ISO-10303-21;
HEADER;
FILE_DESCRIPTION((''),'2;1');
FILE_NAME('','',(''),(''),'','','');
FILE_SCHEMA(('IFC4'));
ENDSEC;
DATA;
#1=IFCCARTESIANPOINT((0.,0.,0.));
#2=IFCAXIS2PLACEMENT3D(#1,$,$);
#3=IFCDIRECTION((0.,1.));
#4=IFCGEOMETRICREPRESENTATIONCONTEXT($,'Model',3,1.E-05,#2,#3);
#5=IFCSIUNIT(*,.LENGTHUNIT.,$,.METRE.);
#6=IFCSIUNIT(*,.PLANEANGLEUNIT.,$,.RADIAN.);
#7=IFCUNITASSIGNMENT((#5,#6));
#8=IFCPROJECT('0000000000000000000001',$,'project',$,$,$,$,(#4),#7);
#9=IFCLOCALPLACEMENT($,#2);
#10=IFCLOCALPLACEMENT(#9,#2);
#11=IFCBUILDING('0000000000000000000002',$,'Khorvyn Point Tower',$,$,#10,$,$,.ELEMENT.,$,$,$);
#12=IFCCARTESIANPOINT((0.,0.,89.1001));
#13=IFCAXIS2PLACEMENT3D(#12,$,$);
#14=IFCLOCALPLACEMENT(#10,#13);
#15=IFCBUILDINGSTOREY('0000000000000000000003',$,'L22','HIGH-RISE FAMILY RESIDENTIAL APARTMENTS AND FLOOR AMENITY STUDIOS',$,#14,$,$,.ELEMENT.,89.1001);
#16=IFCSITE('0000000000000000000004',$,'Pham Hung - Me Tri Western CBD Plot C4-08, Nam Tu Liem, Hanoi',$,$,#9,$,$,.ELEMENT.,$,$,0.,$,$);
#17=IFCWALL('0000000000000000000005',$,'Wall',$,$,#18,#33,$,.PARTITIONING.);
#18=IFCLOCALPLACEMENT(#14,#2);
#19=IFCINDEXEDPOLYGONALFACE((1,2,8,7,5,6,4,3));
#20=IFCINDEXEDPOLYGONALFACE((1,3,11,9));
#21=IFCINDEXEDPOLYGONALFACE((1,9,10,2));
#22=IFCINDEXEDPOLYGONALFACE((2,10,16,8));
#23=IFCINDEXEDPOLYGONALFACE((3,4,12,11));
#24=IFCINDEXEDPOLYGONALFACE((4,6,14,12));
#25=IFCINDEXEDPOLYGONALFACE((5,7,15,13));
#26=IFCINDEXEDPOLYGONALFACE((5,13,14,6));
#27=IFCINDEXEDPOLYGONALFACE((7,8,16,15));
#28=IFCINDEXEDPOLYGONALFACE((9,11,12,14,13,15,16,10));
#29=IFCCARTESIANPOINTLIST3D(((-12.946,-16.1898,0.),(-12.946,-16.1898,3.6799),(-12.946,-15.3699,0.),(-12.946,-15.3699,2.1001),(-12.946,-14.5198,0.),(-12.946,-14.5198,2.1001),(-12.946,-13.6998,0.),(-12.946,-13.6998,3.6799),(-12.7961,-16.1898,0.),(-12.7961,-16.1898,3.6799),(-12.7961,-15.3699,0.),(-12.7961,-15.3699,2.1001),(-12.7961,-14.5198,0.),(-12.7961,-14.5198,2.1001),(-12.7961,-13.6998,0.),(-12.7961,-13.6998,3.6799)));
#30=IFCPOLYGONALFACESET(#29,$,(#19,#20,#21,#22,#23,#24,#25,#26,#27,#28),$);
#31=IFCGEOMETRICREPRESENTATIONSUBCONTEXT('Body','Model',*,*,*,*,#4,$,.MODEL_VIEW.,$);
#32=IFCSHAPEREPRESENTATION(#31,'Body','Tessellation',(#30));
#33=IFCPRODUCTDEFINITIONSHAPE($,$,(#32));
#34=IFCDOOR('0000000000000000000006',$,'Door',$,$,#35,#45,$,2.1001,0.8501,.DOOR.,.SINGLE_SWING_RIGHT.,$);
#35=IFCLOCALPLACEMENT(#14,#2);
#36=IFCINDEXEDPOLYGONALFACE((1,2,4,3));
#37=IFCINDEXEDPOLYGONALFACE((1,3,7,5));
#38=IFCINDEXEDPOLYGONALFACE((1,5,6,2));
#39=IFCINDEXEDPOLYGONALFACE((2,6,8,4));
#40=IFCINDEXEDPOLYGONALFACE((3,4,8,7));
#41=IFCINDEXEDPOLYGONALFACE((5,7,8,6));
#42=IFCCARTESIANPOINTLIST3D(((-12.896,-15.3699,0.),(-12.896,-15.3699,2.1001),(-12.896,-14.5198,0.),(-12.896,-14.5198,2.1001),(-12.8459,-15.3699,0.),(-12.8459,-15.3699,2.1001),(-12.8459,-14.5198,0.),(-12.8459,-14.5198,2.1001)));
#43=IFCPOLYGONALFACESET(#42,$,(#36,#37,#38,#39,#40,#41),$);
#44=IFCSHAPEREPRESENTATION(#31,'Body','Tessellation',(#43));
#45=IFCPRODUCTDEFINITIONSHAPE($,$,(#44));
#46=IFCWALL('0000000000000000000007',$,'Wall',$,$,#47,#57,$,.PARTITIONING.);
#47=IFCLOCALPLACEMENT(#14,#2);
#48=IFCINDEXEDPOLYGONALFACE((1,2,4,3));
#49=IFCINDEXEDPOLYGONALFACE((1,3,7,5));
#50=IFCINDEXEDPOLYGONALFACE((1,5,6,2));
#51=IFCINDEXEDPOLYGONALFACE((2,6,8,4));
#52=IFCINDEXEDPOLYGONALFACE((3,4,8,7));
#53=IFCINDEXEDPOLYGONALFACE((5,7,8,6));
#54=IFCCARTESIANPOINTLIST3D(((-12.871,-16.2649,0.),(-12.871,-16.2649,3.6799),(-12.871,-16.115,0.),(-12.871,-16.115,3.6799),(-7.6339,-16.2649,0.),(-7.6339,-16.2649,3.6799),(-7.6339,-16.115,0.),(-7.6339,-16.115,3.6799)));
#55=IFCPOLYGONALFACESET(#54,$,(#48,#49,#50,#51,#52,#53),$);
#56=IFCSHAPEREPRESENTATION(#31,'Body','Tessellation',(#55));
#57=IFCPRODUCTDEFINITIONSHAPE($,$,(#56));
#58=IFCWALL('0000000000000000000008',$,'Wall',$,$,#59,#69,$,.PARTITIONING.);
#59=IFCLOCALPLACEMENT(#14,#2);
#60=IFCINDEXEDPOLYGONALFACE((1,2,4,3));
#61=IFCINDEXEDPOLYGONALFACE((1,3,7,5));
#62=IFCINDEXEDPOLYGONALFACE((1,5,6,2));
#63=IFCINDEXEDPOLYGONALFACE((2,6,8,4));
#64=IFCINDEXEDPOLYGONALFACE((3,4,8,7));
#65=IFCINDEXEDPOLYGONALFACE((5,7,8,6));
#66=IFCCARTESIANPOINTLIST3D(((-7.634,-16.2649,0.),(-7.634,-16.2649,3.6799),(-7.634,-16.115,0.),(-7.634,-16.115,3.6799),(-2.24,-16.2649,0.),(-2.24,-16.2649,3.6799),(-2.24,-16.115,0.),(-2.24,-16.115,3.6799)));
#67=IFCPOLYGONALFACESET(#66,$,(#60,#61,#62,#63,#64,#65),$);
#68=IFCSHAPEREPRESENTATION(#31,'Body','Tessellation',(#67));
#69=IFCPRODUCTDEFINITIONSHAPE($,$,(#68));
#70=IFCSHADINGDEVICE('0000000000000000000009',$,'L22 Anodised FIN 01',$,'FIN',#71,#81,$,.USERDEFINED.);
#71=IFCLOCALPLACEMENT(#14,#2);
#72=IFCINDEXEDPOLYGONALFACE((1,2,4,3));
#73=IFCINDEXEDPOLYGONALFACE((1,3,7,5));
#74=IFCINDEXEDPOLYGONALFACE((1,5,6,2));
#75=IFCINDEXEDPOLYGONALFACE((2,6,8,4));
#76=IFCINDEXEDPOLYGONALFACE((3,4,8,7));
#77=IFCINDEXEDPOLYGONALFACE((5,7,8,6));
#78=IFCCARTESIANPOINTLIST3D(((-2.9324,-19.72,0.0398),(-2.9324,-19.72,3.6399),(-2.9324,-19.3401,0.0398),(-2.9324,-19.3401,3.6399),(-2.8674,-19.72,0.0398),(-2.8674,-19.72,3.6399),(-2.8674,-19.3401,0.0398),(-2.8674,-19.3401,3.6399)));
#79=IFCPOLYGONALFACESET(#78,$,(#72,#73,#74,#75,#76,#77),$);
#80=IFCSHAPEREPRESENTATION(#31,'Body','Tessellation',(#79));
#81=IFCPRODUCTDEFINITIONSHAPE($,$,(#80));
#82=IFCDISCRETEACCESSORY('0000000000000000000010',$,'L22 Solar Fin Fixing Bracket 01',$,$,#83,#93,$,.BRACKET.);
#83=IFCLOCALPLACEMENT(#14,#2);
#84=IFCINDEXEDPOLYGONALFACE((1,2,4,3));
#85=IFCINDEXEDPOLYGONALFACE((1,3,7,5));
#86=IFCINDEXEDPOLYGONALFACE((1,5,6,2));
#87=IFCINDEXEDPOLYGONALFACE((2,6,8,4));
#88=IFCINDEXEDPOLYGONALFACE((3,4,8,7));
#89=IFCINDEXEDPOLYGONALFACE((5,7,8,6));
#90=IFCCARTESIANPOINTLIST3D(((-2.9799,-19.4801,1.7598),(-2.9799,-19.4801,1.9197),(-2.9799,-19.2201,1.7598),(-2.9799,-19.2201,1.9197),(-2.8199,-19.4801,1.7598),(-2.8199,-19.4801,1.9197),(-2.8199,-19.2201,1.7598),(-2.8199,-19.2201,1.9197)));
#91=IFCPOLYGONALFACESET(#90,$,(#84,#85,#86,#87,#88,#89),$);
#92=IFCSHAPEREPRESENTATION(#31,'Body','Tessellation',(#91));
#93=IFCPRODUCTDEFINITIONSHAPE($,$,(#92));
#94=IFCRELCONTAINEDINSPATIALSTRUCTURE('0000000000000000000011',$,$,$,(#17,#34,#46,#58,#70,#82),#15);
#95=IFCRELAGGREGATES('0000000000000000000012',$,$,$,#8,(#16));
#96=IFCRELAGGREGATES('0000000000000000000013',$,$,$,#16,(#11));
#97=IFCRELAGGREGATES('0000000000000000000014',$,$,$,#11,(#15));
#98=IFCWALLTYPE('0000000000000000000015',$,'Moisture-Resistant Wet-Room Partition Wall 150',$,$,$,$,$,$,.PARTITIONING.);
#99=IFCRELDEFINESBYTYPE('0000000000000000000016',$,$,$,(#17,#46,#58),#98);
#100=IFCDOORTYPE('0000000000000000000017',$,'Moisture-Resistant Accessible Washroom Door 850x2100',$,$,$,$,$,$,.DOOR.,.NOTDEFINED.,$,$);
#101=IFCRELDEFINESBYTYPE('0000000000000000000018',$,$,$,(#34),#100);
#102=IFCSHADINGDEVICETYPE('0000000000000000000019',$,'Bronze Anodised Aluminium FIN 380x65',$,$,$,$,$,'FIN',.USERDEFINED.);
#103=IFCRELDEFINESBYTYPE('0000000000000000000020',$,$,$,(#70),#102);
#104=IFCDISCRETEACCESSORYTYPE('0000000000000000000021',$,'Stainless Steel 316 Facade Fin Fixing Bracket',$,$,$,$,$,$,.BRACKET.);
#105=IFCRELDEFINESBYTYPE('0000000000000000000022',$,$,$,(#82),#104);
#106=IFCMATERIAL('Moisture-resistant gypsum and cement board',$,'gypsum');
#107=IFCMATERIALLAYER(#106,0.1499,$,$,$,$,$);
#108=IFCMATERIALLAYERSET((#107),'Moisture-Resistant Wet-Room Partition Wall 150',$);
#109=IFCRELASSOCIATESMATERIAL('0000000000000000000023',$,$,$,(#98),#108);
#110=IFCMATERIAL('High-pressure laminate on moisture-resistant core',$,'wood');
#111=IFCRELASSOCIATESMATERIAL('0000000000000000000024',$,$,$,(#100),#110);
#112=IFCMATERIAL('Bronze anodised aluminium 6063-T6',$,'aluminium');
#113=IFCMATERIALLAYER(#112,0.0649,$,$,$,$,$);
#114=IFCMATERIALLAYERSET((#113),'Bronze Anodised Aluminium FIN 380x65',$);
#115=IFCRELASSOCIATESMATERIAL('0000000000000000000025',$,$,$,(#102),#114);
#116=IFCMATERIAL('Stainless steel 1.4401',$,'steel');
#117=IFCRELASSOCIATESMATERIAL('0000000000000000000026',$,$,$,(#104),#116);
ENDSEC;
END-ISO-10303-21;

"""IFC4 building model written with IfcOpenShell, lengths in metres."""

from ifc_helpers import new_model, si_unit, direction, frame, frame_2d, origin, origin_2d, place, context, subcontext, project, spatial, rectangle, extrude, material, layer, layer_set, type_object, element, fill, save


model = new_model("IFC4")

# Units and contexts
model_context = context("Model", 3, precision=1e-05, world=origin(), true_north=direction((0.0, 1.0)))
body_context = subcontext(model_context, "Body", "Model", "MODEL_VIEW")
ifc_project = project(units=[si_unit("LENGTHUNIT", "METRE"), si_unit("PLANEANGLEUNIT", "RADIAN")], contexts=[model_context])

# Site, building, storey
site_placement = place(None, origin())
site = spatial("IfcSite", under=ifc_project, at=site_placement, Name="Pham Hung - Me Tri Western CBD Plot C4-08, Nam Tu Liem, Hanoi", CompositionType="ELEMENT", RefElevation=0.0)
building_placement = place(site_placement, origin())
building = spatial("IfcBuilding", under=site, at=building_placement, Name="Khorvyn Point Tower", CompositionType="ELEMENT")
storey_placement = place(building_placement, frame((0.0, 0.0, 89.1001)))
storey = spatial("IfcBuildingStorey", under=building, at=storey_placement, Name="L22", Description="HIGH-RISE FAMILY RESIDENTIAL APARTMENTS AND FLOOR AMENITY STUDIOS", CompositionType="ELEMENT", Elevation=89.1001)

# Wall, opening, door
ifc_material_1 = material(Name="Moisture-resistant gypsum and cement board", Category="gypsum")
ifc_layer_1 = layer(ifc_material_1, 0.1499)
ifc_layer_set_1 = layer_set([ifc_layer_1], Name="Moisture-Resistant Wet-Room Partition Wall 150")
wall_type_1 = type_object("IfcWallType", Name="Moisture-Resistant Wet-Room Partition Wall 150", PredefinedType="PARTITIONING", material=ifc_layer_set_1)
wall_1_placement = place(storey_placement, frame((-12.8711, -16.1899, 0.0), z_axis=(0.0, 0.0, 1.0), x_axis=(0.0, 1.0, 0.0)))
wall_1 = element("IfcWall", 1, at=wall_1_placement, inside=storey, type_object=wall_type_1, Name="Wall", PredefinedType="PARTITIONING", context=body_context, shape_type="SweptSolid", body=[
    extrude(rectangle(XDim=2.49, YDim=0.1499, at=frame_2d((1.2451, 0.0))), origin(), (0.0, 0.0, 1.0), 3.6799),
])
opening_1_placement = place(wall_1_placement, frame((0.8201, 0.0, 0.0)))
opening_1 = element("IfcOpeningElement", 2, at=opening_1_placement, cuts=wall_1, PredefinedType="OPENING", context=body_context, shape_type="SweptSolid", body=[
    extrude(rectangle(XDim=0.8501, YDim=2.1001, at=frame_2d((0.425, 1.05))), frame((0.0, 0.085, 0.0), z_axis=(0.0, -1.0, 0.0), x_axis=(1.0, 0.0, 0.0)), (0.0, 0.0, 1.0), 0.1699),
])
ifc_material_2 = material(Name="High-pressure laminate on moisture-resistant core", Category="wood")
door_type_1 = type_object("IfcDoorType", Name="Moisture-Resistant Accessible Washroom Door 850x2100", OperationType="NOTDEFINED", PredefinedType="DOOR", material=ifc_material_2)
door_1_placement = place(opening_1_placement, origin())
door_1 = element("IfcDoor", 3, at=door_1_placement, inside=storey, type_object=door_type_1, Name="Door", OperationType="SINGLE_SWING_RIGHT", OverallHeight=2.1001, OverallWidth=0.8501, PredefinedType="DOOR", context=body_context, shape_type="SweptSolid", body=[
    extrude(rectangle(XDim=0.8501, YDim=2.1001, at=frame_2d((0.425, 1.05))), frame((0.0, 0.0249, 0.0), z_axis=(0.0, -1.0, 0.0), x_axis=(1.0, 0.0, 0.0)), (0.0, 0.0, 1.0), 0.05),
])
fill(opening_1, door_1)

# Walls
wall_2_placement = place(storey_placement, frame((-12.8711, -16.1899, 0.0), z_axis=(0.0, 0.0, 1.0), x_axis=(1.0, 0.0, 0.0)))
element("IfcWall", 4, at=wall_2_placement, inside=storey, type_object=wall_type_1, Name="Wall", PredefinedType="PARTITIONING", context=body_context, shape_type="SweptSolid", body=[
    extrude(rectangle(XDim=5.2371, YDim=0.1499, at=frame_2d((2.6187, 0.0))), origin(), (0.0, 0.0, 1.0), 3.6799),
])
wall_3_placement = place(storey_placement, frame((-7.634, -16.1899, 0.0), z_axis=(0.0, 0.0, 1.0), x_axis=(1.0, 0.0, 0.0)))
element("IfcWall", 5, at=wall_3_placement, inside=storey, type_object=wall_type_1, Name="Wall", PredefinedType="PARTITIONING", context=body_context, shape_type="SweptSolid", body=[
    extrude(rectangle(XDim=5.394, YDim=0.1499, at=frame_2d((2.697, 0.0))), origin(), (0.0, 0.0, 1.0), 3.6799),
])

# Shading device
ifc_material_3 = material(Name="Bronze anodised aluminium 6063-T6", Category="aluminium")
ifc_layer_2 = layer(ifc_material_3, 0.0649)
ifc_layer_set_2 = layer_set([ifc_layer_2], Name="Bronze Anodised Aluminium FIN 380x65")
shading_device_type = type_object("IfcShadingDeviceType", Name="Bronze Anodised Aluminium FIN 380x65", ElementType="FIN", PredefinedType="USERDEFINED", material=ifc_layer_set_2)
shading_device_placement = place(storey_placement, frame((-2.8999, -19.53, 0.0398), z_axis=(0.0, 0.0, 1.0), x_axis=(0.0, -1.0, 0.0)))
element("IfcShadingDevice", 6, at=shading_device_placement, inside=storey, type_object=shading_device_type, Name="L22 Anodised FIN 01", ObjectType="FIN", PredefinedType="USERDEFINED", context=body_context, shape_type="SweptSolid", body=[
    extrude(rectangle(XDim=0.3799, YDim=0.0649, at=origin_2d()), origin(), (0.0, 0.0, 1.0), 3.6001),
])

# Discrete accessory
ifc_material_4 = material(Name="Stainless steel 1.4401", Category="steel")
discrete_accessory_type = type_object("IfcDiscreteAccessoryType", Name="Stainless Steel 316 Facade Fin Fixing Bracket", PredefinedType="BRACKET", material=ifc_material_4)
discrete_accessory_placement = place(storey_placement, frame((-2.8999, -19.3501, 1.7598), z_axis=(0.0, 0.0, 1.0), x_axis=(-1.0, 0.0, 0.0)))
element("IfcDiscreteAccessory", 7, at=discrete_accessory_placement, inside=storey, type_object=discrete_accessory_type, Name="L22 Solar Fin Fixing Bracket 01", PredefinedType="BRACKET", context=body_context, shape_type="SweptSolid", body=[
    extrude(rectangle(XDim=0.1599, YDim=0.26, at=origin_2d()), origin(), (0.0, 0.0, 1.0), 0.1599),
])

save(model, "model.ifc")
